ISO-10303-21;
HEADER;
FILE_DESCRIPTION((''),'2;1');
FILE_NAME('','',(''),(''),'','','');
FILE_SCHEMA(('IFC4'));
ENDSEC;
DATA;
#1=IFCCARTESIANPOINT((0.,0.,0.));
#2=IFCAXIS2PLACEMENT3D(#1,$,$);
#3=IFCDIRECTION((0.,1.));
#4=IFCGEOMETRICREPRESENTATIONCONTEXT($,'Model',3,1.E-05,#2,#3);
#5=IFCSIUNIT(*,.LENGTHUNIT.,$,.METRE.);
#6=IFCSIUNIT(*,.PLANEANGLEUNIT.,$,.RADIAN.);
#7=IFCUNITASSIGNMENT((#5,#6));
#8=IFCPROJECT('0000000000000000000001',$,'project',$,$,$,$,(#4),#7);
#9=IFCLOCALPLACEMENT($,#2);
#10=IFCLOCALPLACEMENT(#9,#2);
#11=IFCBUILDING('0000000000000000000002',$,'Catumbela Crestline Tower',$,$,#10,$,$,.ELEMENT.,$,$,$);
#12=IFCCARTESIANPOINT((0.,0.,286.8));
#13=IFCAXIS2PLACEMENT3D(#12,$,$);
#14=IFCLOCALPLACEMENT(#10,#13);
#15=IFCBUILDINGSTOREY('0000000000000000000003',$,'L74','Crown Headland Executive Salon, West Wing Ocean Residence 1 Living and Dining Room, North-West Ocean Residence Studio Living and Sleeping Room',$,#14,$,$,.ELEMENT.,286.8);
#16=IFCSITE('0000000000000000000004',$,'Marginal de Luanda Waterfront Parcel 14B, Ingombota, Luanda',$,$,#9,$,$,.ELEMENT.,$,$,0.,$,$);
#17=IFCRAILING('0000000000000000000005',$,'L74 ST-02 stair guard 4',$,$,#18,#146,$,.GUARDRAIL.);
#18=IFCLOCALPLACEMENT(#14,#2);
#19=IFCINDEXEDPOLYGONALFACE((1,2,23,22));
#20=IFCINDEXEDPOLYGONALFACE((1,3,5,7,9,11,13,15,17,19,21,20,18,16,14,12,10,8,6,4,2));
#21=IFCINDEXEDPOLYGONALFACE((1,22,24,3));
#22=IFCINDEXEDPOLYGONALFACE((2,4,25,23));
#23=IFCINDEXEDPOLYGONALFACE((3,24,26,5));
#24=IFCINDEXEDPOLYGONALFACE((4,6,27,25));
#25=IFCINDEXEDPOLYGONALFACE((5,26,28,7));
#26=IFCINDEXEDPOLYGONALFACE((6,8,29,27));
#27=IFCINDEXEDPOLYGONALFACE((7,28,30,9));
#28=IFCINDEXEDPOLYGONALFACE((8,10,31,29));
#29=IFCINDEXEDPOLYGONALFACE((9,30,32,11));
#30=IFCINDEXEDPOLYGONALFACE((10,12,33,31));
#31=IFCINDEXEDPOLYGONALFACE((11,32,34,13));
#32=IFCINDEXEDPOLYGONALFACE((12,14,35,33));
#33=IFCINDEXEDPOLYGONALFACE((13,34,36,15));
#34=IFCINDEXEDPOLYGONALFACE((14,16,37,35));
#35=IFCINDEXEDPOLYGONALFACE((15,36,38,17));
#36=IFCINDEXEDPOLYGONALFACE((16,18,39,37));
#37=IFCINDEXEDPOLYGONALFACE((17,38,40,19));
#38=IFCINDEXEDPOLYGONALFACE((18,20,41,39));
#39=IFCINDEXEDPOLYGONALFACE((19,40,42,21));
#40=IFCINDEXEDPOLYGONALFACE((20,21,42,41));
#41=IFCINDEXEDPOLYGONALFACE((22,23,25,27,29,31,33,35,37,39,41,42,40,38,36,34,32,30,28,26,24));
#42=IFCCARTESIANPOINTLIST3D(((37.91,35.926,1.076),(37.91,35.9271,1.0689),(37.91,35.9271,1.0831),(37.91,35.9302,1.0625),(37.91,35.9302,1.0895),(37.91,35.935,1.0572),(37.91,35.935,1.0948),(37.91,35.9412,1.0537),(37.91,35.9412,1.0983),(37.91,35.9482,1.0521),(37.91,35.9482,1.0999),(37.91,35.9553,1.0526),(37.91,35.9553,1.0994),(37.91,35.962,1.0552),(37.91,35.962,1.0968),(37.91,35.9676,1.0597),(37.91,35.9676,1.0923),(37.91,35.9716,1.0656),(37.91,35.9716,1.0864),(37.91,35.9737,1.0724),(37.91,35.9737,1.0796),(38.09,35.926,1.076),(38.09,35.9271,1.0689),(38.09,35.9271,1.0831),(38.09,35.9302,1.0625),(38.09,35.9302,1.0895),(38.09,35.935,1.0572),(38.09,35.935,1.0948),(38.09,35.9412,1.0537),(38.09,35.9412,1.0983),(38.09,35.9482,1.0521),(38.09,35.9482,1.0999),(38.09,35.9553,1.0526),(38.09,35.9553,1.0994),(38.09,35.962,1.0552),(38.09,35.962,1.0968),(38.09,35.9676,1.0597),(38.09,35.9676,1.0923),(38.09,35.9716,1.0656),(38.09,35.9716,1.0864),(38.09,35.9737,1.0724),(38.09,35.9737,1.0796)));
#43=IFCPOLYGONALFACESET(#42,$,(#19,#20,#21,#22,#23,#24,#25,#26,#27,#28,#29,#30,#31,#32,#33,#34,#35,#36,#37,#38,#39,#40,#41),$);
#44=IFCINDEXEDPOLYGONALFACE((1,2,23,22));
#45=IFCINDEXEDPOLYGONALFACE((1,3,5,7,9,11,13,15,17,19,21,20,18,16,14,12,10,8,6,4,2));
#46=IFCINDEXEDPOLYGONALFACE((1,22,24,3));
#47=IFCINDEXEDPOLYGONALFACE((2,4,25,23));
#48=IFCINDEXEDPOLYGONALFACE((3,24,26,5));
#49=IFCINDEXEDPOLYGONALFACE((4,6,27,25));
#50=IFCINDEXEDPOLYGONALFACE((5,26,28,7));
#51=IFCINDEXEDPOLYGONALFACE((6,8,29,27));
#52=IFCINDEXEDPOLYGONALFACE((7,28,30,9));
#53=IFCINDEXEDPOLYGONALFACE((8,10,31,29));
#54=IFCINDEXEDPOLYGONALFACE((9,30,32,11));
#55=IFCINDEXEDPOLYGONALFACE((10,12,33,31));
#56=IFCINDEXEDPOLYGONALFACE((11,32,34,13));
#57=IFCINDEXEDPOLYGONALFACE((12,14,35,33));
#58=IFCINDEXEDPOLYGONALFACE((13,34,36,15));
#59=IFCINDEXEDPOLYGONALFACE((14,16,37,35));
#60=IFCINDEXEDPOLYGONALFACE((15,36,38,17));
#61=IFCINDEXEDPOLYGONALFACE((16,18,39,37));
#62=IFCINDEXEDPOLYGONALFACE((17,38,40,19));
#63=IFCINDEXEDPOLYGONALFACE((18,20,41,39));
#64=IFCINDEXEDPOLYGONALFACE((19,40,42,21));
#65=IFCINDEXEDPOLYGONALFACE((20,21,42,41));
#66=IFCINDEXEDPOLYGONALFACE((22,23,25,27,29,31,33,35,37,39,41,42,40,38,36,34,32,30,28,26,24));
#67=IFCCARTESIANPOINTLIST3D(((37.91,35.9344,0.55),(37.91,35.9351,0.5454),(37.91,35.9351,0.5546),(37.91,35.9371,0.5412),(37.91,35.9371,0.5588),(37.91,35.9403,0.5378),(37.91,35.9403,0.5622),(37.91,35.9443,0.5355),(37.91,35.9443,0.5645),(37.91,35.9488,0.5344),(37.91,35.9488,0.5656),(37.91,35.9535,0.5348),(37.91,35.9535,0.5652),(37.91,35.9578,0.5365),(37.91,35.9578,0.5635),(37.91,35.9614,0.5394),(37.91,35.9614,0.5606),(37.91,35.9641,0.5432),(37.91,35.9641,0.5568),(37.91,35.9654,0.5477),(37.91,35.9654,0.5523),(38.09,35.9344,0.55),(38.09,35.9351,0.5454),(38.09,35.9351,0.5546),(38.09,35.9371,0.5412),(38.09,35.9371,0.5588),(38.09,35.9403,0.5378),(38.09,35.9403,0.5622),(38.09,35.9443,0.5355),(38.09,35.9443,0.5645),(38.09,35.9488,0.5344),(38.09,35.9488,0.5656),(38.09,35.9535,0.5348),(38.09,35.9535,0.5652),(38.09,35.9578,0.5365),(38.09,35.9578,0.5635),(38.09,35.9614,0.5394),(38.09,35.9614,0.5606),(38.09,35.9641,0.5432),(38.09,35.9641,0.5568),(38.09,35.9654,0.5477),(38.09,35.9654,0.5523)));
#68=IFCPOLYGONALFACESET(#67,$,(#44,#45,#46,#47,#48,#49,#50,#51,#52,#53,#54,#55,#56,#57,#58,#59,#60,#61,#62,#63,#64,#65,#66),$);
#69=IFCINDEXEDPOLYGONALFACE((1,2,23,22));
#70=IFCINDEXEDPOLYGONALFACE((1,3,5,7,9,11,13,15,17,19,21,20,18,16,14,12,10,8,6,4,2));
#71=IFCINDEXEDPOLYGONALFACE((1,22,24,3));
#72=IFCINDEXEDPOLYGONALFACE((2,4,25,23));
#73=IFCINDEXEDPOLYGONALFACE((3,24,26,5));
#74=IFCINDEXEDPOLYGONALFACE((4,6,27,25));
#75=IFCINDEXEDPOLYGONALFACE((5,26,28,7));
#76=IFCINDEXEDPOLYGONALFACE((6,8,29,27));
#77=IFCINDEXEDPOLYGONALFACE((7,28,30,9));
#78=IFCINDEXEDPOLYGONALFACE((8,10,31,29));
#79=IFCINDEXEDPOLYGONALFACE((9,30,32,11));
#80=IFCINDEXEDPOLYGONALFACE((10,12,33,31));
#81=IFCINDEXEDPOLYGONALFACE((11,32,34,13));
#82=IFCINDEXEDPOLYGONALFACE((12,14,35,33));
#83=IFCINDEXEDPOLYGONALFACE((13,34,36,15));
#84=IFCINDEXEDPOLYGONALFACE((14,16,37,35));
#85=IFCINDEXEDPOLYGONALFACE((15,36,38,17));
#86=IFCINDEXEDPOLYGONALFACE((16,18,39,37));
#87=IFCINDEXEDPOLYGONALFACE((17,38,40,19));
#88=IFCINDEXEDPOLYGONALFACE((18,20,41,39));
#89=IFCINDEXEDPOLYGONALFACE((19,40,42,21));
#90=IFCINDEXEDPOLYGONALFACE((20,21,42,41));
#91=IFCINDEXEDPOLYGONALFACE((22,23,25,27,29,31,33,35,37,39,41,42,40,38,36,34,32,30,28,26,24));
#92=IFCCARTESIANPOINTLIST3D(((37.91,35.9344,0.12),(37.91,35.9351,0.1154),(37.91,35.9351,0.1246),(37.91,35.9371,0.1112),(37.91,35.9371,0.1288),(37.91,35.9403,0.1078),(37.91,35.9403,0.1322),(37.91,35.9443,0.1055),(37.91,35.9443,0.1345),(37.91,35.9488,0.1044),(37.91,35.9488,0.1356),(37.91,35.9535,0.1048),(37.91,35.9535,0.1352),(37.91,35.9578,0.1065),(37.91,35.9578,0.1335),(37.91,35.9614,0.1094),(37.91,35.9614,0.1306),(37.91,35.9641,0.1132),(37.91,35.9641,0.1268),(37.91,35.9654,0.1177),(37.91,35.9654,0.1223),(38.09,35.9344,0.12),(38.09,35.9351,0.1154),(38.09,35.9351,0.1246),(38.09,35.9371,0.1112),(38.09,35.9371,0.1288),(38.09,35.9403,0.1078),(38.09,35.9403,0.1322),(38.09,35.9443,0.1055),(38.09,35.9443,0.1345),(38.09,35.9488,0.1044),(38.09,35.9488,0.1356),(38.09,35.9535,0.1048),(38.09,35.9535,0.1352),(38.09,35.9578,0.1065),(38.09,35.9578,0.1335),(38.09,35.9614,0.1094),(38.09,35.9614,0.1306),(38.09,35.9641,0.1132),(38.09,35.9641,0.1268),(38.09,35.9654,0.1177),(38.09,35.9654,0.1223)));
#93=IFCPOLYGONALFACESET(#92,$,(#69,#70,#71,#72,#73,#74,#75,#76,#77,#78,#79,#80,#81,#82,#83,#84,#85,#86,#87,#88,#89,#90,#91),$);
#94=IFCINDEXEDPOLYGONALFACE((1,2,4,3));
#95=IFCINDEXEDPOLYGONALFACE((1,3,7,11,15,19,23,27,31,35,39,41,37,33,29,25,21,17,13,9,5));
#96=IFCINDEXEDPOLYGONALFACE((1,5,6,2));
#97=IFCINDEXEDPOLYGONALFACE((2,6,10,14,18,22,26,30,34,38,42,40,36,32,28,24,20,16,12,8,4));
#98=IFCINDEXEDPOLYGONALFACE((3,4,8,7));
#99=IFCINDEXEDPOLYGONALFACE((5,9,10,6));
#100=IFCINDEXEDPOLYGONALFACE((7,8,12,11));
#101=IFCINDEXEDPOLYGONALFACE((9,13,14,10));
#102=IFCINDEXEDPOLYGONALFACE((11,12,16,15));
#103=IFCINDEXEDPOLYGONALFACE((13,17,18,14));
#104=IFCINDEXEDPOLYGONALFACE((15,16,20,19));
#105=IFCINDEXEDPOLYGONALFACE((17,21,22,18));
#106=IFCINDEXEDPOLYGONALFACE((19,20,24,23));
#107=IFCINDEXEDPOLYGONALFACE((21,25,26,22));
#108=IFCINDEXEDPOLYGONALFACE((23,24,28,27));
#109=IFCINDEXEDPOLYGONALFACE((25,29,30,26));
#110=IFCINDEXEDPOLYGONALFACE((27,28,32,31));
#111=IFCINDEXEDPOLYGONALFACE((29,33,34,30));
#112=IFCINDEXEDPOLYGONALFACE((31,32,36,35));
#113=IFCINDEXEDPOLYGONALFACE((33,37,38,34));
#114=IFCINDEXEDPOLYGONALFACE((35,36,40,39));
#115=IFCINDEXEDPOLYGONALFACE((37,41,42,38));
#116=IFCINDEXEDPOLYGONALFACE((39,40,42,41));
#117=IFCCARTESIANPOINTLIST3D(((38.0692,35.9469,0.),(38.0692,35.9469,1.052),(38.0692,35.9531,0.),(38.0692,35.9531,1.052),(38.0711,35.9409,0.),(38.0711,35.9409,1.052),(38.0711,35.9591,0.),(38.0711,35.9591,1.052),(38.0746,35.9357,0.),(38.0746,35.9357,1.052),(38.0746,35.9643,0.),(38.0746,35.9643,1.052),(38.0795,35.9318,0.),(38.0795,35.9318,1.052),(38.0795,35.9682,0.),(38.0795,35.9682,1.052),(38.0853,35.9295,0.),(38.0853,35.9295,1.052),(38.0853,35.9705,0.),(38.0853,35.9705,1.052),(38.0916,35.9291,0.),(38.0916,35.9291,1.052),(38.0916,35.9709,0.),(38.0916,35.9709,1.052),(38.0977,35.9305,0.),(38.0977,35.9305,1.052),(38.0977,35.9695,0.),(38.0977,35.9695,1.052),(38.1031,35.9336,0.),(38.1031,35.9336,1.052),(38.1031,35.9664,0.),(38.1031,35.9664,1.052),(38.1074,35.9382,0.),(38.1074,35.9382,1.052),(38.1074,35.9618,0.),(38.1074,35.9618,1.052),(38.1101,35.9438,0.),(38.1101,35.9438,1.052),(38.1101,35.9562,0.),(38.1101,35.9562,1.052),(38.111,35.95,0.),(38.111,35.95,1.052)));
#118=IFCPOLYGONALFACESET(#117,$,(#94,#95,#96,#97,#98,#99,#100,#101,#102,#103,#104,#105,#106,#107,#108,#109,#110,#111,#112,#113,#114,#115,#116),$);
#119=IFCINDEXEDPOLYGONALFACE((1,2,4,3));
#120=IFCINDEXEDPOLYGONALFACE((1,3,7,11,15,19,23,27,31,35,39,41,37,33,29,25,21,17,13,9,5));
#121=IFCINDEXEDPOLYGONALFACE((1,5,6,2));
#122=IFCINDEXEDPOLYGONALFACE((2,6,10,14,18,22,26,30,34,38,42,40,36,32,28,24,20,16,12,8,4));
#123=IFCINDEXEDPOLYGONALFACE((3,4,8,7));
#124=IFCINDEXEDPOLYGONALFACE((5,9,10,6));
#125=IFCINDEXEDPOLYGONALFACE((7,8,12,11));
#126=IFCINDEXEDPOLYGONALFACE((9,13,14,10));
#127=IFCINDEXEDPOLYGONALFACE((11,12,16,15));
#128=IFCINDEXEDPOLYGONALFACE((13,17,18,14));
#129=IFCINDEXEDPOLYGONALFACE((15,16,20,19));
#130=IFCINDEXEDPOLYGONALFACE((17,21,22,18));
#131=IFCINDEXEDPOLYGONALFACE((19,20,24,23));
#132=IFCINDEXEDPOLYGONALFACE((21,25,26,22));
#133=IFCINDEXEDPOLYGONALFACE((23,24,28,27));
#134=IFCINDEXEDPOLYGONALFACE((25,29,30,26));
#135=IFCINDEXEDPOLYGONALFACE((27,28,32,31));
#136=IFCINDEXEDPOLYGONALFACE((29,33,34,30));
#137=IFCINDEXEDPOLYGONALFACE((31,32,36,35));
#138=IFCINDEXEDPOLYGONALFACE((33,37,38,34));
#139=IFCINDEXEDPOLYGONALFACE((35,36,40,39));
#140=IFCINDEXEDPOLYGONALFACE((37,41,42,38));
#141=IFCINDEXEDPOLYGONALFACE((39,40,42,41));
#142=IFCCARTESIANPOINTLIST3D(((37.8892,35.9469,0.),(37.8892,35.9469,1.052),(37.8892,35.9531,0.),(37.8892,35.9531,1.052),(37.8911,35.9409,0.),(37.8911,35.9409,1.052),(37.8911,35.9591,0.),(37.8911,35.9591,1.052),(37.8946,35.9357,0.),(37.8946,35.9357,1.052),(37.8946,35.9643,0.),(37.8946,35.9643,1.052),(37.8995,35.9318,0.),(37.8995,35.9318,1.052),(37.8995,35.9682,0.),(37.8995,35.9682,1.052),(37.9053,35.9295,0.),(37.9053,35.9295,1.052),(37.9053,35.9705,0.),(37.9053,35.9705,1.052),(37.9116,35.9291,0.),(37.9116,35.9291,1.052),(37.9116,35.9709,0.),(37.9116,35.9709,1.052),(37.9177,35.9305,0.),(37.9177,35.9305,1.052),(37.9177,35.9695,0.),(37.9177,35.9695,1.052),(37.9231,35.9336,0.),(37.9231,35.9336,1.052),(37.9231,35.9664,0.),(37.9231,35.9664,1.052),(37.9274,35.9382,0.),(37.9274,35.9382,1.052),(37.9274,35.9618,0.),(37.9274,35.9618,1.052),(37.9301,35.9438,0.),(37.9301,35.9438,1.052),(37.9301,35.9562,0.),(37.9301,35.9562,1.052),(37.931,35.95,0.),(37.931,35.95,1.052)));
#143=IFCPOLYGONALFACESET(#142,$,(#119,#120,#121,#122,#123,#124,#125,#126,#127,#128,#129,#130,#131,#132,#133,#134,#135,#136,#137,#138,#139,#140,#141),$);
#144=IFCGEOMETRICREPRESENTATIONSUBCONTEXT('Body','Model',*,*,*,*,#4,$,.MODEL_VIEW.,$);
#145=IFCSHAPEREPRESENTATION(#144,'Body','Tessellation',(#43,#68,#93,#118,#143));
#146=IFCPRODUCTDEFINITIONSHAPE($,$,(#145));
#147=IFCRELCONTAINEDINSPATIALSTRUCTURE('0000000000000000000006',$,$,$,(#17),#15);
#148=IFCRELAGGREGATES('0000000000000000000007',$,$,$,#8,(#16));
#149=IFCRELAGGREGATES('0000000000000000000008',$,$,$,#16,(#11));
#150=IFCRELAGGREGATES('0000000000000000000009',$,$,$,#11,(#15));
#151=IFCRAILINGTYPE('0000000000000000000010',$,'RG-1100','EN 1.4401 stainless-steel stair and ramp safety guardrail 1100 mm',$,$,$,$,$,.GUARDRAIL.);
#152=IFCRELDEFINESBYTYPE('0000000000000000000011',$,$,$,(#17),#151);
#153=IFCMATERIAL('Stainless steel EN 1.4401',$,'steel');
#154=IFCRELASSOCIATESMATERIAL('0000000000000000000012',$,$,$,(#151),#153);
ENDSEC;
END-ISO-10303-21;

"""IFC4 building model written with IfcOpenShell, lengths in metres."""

from ifc_helpers import new_model, si_unit, direction, frame, origin, origin_2d, place, context, subcontext, project, spatial, circle, extrude, material, type_object, element, save


model = new_model("IFC4")

# Units and contexts
model_context = context("Model", 3, precision=1e-05, world=origin(), true_north=direction((0.0, 1.0)))
body_context = subcontext(model_context, "Body", "Model", "MODEL_VIEW")
ifc_project = project(units=[si_unit("LENGTHUNIT", "METRE"), si_unit("PLANEANGLEUNIT", "RADIAN")], contexts=[model_context])

# Site, building, storey
site_placement = place(None, origin())
site = spatial("IfcSite", under=ifc_project, at=site_placement, Name="Marginal de Luanda Waterfront Parcel 14B, Ingombota, Luanda", CompositionType="ELEMENT", RefElevation=0.0)
building_placement = place(site_placement, origin())
building = spatial("IfcBuilding", under=site, at=building_placement, Name="Catumbela Crestline Tower", CompositionType="ELEMENT")
storey_placement = place(building_placement, frame((0.0, 0.0, 286.8)))
storey = spatial("IfcBuildingStorey", under=building, at=storey_placement, Name="L74", Description="Crown Headland Executive Salon, West Wing Ocean Residence 1 Living and Dining Room, North-West Ocean Residence Studio Living and Sleeping Room", CompositionType="ELEMENT", Elevation=286.8)

# Shared definitions
ifc_material_1 = material(Name="Stainless steel EN 1.4401", Category="steel")

# Railing
railing_type_1 = type_object("IfcRailingType", Name="RG-1100", Description="EN 1.4401 stainless-steel stair and ramp safety guardrail 1100 mm", PredefinedType="GUARDRAIL", material=ifc_material_1)
railing_1_placement = place(storey_placement, frame((38.09, 35.95, 0.0)))
element("IfcRailing", 1, at=railing_1_placement, inside=storey, type_object=railing_type_1, Name="L74 ST-02 stair guard 4", PredefinedType="GUARDRAIL", context=body_context, shape_type="SweptSolid", body=[
    extrude(circle(Radius=0.024, at=origin_2d()), frame((0.0, 0.0, 1.076), z_axis=(-1.0, 0.0, 0.0), x_axis=(0.0, -1.0, 0.0)), (0.0, 0.0, 1.0), 0.18),
    extrude(circle(Radius=0.0156, at=origin_2d()), frame((0.0, 0.0, 0.55), z_axis=(-1.0, 0.0, 0.0), x_axis=(0.0, -1.0, 0.0)), (0.0, 0.0, 1.0), 0.18),
    extrude(circle(Radius=0.0156, at=origin_2d()), frame((0.0, 0.0, 0.12), z_axis=(-1.0, 0.0, 0.0), x_axis=(0.0, -1.0, 0.0)), (0.0, 0.0, 1.0), 0.18),
    extrude(circle(Radius=0.021, at=origin_2d()), origin(), (0.0, 0.0, 1.0), 1.052),
    extrude(circle(Radius=0.021, at=origin_2d()), frame((-0.18, 0.0, 0.0)), (0.0, 0.0, 1.0), 1.052),
])

save(model, "model.ifc")
